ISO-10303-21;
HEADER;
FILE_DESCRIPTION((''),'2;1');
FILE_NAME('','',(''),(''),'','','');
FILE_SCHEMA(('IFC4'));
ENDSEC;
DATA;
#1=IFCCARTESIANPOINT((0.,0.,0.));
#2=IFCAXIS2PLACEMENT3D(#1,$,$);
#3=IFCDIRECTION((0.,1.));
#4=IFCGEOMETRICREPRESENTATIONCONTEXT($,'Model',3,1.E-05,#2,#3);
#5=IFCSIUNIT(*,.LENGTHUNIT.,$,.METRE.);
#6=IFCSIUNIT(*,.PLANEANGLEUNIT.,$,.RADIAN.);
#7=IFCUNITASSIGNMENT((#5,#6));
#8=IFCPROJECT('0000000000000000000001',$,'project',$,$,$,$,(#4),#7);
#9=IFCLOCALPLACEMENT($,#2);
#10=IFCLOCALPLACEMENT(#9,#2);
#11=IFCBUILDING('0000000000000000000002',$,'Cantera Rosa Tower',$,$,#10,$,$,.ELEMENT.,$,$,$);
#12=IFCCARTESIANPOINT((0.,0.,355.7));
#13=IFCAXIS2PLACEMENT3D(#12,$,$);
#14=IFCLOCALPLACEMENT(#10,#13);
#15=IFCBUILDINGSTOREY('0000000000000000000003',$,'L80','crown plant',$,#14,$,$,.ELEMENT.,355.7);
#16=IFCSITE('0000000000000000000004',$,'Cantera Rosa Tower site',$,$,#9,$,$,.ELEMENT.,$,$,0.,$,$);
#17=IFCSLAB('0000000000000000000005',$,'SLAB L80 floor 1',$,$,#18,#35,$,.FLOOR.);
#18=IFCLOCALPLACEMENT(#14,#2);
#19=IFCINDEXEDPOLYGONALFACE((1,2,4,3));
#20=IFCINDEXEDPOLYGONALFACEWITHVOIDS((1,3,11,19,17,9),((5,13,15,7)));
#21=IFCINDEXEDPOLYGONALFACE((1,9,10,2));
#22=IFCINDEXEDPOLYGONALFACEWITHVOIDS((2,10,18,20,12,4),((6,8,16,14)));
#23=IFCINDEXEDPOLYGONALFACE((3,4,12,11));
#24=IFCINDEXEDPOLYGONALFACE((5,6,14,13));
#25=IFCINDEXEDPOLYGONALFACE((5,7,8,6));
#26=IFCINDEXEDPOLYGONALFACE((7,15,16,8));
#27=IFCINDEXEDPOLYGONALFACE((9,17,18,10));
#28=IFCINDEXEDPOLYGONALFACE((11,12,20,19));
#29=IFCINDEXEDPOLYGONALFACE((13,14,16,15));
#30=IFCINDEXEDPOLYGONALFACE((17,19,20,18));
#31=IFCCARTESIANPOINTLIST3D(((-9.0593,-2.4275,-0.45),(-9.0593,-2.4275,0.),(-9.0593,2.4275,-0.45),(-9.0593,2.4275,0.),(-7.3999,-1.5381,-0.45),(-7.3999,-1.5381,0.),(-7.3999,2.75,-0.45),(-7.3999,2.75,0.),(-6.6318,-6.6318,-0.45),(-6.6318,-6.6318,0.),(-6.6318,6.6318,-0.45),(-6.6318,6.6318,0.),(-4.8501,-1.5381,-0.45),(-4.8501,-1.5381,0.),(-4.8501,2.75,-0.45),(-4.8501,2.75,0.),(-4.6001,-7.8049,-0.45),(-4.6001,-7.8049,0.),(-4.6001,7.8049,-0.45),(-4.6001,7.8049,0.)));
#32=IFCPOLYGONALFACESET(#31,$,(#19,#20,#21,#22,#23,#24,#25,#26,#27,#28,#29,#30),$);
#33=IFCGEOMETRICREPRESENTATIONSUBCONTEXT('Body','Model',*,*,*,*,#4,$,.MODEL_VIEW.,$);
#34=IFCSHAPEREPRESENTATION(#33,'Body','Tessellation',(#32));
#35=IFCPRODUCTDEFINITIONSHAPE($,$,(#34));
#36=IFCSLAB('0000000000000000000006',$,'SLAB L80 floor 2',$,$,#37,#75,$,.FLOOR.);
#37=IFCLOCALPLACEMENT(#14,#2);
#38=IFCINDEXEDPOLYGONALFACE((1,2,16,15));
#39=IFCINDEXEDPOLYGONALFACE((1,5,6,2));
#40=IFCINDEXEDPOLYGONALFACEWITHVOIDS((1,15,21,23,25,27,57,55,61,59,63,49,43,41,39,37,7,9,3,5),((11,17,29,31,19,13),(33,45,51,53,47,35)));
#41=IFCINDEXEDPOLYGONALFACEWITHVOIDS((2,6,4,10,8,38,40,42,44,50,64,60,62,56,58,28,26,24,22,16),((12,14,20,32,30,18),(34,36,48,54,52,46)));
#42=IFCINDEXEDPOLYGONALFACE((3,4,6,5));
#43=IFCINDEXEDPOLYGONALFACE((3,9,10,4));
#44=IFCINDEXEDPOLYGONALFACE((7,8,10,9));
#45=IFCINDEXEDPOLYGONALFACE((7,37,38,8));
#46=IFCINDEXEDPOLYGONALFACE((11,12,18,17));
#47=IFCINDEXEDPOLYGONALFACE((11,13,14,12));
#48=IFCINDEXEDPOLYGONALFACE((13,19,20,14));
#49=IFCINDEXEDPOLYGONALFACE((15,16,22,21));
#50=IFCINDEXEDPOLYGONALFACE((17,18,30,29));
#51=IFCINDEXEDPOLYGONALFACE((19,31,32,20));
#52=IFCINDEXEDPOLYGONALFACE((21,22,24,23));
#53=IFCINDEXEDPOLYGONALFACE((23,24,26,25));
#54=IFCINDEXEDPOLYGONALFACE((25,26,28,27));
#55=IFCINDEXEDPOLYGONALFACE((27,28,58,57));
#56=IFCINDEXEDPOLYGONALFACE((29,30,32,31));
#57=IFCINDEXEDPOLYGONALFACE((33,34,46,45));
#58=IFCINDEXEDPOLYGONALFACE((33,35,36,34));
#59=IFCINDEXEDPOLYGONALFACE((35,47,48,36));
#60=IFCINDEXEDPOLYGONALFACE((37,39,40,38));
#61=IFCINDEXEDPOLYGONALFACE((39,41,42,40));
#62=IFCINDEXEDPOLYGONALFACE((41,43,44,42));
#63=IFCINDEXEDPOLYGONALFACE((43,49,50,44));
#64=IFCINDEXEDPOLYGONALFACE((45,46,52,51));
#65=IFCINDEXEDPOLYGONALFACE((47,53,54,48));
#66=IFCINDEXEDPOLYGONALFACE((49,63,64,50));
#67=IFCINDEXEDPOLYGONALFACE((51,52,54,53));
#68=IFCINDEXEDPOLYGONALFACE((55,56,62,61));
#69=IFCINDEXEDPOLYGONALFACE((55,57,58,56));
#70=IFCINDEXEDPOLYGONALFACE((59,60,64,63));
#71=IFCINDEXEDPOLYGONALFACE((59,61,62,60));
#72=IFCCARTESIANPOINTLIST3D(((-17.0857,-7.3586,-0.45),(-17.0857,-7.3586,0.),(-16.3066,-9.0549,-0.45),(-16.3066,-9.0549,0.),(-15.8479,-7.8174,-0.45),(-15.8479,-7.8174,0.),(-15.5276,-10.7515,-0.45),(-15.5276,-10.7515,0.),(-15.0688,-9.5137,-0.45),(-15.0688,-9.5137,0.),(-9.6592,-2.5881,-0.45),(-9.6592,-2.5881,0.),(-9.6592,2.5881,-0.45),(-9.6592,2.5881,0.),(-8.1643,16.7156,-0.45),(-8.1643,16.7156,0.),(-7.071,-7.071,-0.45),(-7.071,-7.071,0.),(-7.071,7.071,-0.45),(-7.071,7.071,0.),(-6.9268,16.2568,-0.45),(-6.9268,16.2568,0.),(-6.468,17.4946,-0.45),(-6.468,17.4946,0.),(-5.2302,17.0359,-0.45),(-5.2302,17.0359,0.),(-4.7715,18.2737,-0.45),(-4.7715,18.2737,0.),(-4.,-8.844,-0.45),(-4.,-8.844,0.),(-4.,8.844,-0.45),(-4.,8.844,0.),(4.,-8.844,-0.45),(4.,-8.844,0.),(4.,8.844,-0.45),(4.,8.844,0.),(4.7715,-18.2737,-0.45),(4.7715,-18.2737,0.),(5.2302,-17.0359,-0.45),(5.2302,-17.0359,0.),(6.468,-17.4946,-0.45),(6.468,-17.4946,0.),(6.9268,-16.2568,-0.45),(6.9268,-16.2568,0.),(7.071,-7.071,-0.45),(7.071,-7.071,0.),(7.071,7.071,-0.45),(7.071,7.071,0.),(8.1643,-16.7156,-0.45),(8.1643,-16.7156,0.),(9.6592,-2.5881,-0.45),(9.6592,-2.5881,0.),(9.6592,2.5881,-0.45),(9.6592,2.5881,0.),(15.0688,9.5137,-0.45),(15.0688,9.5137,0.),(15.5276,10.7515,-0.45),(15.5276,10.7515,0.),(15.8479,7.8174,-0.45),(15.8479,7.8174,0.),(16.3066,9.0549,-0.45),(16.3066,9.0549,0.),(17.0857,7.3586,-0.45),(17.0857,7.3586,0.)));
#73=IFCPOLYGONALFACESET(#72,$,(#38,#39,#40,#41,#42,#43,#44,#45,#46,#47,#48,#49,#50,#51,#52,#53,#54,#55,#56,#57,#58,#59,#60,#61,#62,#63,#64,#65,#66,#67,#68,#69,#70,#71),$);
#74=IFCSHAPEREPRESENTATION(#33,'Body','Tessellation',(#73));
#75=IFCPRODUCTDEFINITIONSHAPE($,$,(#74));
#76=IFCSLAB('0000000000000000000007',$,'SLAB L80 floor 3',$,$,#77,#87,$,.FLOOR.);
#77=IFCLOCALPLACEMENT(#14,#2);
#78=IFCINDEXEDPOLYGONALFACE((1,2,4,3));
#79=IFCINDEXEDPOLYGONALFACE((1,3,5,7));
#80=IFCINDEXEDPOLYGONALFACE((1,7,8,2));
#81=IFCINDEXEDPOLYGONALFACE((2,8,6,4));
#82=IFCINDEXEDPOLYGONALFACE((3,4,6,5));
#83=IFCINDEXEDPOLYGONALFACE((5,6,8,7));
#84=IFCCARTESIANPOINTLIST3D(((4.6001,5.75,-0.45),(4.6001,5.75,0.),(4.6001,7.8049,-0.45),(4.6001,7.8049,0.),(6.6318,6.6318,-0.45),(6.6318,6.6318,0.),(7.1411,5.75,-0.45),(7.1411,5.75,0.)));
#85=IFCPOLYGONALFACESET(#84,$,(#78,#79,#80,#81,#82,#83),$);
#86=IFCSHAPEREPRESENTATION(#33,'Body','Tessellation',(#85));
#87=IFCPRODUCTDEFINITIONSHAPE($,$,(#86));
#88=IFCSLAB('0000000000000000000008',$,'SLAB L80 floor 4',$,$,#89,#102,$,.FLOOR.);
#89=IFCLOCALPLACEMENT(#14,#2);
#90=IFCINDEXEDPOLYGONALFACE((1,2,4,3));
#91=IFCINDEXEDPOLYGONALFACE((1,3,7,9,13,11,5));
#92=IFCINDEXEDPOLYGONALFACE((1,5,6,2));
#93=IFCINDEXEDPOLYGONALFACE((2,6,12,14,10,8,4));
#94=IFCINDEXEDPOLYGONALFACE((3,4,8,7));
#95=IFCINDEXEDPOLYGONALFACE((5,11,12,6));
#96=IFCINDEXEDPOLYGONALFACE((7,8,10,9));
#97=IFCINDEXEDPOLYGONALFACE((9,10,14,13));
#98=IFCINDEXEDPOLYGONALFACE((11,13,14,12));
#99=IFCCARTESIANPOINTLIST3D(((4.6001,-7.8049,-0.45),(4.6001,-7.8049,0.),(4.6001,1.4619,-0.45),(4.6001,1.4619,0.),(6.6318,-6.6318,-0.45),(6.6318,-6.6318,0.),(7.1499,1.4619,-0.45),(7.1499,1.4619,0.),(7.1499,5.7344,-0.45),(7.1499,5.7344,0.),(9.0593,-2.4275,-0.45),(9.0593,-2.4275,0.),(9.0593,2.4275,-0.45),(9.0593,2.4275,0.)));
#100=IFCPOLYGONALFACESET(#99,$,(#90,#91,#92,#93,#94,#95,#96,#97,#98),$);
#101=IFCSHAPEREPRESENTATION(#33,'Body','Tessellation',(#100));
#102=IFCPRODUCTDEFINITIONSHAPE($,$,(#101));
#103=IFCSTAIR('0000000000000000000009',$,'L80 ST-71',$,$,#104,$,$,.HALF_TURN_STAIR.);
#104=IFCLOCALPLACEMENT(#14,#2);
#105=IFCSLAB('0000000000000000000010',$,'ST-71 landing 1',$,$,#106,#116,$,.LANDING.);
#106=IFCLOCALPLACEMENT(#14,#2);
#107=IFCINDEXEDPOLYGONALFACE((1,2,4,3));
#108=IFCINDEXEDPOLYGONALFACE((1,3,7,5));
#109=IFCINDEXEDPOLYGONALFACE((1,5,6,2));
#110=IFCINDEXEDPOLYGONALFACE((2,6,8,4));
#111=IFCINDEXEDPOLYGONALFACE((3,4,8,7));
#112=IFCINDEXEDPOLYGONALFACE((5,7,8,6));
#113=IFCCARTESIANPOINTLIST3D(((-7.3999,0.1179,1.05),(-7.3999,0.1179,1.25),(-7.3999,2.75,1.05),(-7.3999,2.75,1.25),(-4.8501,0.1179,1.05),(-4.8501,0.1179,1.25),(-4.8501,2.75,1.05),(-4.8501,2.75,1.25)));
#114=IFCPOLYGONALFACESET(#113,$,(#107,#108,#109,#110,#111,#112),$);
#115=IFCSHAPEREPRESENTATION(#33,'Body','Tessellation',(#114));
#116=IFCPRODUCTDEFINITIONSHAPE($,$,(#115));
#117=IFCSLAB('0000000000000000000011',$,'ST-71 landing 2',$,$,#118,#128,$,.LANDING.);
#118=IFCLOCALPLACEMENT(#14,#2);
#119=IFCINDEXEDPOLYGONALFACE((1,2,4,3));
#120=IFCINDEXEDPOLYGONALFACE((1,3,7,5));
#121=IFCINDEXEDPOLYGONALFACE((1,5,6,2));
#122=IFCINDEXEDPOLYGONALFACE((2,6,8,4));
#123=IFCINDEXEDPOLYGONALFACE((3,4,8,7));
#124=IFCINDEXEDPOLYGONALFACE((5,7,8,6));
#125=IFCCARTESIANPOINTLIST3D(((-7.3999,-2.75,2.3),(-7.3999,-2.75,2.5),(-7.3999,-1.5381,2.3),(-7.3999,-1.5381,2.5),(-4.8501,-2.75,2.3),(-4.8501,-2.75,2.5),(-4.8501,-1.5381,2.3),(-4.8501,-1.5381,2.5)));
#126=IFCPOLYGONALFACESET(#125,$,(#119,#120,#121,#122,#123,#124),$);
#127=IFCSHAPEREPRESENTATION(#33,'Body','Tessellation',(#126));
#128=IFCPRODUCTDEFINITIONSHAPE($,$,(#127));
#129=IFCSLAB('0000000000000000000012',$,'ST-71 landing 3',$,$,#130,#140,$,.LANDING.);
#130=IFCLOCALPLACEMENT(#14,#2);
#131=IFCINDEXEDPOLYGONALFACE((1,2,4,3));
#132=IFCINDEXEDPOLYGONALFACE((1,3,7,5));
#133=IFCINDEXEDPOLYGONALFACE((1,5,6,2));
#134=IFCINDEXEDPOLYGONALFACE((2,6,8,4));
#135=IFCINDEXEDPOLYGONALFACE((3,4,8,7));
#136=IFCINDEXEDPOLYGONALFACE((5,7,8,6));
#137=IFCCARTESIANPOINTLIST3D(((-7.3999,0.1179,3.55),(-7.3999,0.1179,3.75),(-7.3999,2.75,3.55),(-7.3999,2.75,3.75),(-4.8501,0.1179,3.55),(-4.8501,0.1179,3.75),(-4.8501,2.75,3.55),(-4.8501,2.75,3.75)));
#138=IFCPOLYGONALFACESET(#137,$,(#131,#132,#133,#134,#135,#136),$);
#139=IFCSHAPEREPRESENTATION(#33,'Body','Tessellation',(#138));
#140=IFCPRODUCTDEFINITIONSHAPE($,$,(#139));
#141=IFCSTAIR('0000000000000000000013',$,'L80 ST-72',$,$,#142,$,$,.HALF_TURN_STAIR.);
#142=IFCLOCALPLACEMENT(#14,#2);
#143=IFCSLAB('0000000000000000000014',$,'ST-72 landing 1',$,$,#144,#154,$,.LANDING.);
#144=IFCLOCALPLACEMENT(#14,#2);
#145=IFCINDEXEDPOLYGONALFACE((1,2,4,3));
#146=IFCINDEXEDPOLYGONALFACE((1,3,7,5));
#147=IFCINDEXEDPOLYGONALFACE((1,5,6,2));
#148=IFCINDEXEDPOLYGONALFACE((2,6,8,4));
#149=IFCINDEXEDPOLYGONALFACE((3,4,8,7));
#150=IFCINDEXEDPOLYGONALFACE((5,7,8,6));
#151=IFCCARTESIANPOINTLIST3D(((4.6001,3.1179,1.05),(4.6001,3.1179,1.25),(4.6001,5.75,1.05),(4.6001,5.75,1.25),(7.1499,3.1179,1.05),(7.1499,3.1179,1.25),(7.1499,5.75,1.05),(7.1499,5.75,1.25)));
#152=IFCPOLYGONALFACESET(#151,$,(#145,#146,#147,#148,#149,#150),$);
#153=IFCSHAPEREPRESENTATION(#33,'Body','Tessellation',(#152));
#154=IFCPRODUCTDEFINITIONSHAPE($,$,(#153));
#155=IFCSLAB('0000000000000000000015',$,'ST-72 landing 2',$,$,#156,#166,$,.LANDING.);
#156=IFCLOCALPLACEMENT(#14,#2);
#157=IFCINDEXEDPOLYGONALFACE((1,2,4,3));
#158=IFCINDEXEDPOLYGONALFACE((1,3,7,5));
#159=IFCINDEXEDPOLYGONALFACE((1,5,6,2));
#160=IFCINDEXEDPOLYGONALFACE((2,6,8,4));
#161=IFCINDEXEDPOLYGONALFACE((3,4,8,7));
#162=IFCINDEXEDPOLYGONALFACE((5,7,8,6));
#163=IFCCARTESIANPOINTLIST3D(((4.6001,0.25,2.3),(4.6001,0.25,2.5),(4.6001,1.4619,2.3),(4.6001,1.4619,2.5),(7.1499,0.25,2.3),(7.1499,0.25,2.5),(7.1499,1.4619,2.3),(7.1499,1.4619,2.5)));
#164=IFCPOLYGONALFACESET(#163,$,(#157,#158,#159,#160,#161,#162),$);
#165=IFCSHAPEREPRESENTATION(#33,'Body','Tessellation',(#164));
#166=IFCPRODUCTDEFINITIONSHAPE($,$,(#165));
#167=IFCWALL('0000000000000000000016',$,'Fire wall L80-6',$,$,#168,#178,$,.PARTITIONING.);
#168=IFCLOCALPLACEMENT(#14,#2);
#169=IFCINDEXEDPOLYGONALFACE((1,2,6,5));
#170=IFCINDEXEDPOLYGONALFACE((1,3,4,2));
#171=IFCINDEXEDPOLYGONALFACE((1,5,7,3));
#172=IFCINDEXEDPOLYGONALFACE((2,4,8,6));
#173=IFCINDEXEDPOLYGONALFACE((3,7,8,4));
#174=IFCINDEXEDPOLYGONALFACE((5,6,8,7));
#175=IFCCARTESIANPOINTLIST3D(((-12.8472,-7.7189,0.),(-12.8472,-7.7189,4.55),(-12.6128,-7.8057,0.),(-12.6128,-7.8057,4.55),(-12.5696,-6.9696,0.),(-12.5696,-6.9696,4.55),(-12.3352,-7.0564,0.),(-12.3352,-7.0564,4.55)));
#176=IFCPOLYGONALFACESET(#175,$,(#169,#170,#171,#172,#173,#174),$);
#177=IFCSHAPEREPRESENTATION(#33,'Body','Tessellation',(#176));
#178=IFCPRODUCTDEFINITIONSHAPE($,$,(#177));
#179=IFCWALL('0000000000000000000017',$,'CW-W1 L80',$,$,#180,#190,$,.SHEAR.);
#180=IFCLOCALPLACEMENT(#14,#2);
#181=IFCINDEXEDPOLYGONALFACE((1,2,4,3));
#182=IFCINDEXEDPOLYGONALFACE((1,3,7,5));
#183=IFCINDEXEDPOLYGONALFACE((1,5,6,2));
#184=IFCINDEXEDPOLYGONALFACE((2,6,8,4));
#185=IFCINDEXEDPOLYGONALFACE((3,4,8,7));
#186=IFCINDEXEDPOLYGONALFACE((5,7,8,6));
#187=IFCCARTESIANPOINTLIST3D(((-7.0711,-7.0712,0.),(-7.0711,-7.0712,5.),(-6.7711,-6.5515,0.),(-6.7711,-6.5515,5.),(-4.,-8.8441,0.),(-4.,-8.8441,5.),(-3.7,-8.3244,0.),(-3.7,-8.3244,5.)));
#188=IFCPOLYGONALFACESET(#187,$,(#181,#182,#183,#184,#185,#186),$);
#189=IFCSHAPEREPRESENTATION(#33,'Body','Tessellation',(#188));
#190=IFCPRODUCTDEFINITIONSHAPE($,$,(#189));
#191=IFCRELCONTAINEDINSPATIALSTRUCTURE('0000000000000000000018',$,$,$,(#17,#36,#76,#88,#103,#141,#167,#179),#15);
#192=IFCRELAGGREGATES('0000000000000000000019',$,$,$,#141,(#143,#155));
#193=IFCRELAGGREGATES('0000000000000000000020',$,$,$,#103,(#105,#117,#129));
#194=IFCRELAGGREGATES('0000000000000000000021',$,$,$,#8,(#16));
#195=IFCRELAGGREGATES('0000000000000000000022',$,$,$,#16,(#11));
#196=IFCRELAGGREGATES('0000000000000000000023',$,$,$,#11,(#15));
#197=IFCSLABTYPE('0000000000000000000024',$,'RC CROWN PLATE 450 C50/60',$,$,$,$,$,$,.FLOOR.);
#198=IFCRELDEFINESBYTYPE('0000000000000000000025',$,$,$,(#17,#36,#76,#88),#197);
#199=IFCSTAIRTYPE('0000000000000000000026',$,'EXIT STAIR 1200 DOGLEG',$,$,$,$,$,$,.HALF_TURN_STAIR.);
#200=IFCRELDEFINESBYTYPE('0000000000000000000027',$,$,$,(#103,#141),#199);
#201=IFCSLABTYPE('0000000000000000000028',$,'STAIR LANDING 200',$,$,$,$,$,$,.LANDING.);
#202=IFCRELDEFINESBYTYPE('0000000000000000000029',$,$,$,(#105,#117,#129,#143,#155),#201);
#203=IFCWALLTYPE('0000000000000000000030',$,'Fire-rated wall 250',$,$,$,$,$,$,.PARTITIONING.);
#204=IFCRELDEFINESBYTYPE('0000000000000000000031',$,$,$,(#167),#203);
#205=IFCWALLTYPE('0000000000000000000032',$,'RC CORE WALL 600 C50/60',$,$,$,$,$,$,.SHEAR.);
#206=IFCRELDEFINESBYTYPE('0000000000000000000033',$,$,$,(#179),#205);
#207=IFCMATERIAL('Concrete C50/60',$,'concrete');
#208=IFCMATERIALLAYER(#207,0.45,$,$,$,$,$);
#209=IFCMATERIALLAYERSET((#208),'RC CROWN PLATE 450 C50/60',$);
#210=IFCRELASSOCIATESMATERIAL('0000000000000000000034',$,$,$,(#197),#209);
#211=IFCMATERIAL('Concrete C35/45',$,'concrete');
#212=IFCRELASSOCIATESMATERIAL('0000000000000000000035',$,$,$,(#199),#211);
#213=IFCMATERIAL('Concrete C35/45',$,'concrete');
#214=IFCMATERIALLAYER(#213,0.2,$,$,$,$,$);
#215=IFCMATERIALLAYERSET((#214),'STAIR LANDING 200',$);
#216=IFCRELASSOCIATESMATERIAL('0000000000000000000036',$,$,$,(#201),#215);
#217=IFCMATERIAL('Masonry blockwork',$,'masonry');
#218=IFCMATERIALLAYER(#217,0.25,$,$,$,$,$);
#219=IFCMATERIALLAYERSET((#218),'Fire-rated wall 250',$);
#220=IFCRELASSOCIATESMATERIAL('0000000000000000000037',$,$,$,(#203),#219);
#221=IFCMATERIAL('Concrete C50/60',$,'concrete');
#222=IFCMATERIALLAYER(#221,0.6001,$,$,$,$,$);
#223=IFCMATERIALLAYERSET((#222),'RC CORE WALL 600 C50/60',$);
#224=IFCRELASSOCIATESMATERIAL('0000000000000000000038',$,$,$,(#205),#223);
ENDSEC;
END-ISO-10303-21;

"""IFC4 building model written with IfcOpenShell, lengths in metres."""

from ifc_helpers import new_model, si_unit, direction, frame, frame_2d, origin, place, context, subcontext, project, spatial, polyline, rectangle, outline, extrude, material, layer, layer_set, type_object, element, aggregate, save


model = new_model("IFC4")

# Units and contexts
model_context = context("Model", 3, precision=1e-05, world=origin(), true_north=direction((0.0, 1.0)))
body_context = subcontext(model_context, "Body", "Model", "MODEL_VIEW")
ifc_project = project(units=[si_unit("LENGTHUNIT", "METRE"), si_unit("PLANEANGLEUNIT", "RADIAN")], contexts=[model_context])

# Site, building, storey
site_placement = place(None, origin())
site = spatial("IfcSite", under=ifc_project, at=site_placement, Name="Cantera Rosa Tower site", CompositionType="ELEMENT", RefElevation=0.0)
building_placement = place(site_placement, origin())
building = spatial("IfcBuilding", under=site, at=building_placement, Name="Cantera Rosa Tower", CompositionType="ELEMENT")
storey_placement = place(building_placement, frame((0.0, 0.0, 355.7)))
storey = spatial("IfcBuildingStorey", under=building, at=storey_placement, Name="L80", Description="crown plant", CompositionType="ELEMENT", Elevation=355.7)

# Slabs
ifc_material_1 = material(Name="Concrete C50/60", Category="concrete")
ifc_layer_1 = layer(ifc_material_1, 0.45)
ifc_layer_set_1 = layer_set([ifc_layer_1], Name="RC CROWN PLATE 450 C50/60")
slab_type_1 = type_object("IfcSlabType", Name="RC CROWN PLATE 450 C50/60", PredefinedType="FLOOR", material=ifc_layer_set_1)
slab_1_placement = place(storey_placement, frame((0.0, 0.0, -0.45)))
element("IfcSlab", 1, at=slab_1_placement, inside=storey, type_object=slab_type_1, Name="SLAB L80 floor 1", PredefinedType="FLOOR", context=body_context, shape_type="SweptSolid", body=[
    extrude(outline(polyline([(-4.6001, -7.8049), (-6.6318, -6.6318), (-9.0593, -2.4275), (-9.0593, 2.4275), (-6.6318, 6.6318), (-4.6001, 7.8049), (-4.6001, -7.8049)]), holes=[polyline([(-7.3999, 2.75), (-7.3999, -1.5381), (-4.8501, -1.5381), (-4.8501, 2.75), (-7.3999, 2.75)])]), origin(), (0.0, 0.0, 1.0), 0.45),
])
slab_2_placement = place(storey_placement, frame((0.0, 0.0, -0.45)))
element("IfcSlab", 2, at=slab_2_placement, inside=storey, type_object=slab_type_1, Name="SLAB L80 floor 2", PredefinedType="FLOOR", context=body_context, shape_type="SweptSolid", body=[
    extrude(outline(polyline([(16.3066, 9.0549), (15.8479, 7.8174), (17.0857, 7.3586), (8.1643, -16.7156), (6.9268, -16.2568), (6.468, -17.4946), (5.2302, -17.0359), (4.7715, -18.2737), (-15.5276, -10.7515), (-15.0688, -9.5137), (-16.3066, -9.0549), (-15.8479, -7.8174), (-17.0857, -7.3586), (-8.1643, 16.7156), (-6.9268, 16.2568), (-6.468, 17.4946), (-5.2302, 17.0359), (-4.7715, 18.2737), (15.5276, 10.7515), (15.0688, 9.5137), (16.3066, 9.0549)]), holes=[polyline([(-9.6592, -2.5881), (-7.071, -7.071), (-4.0, -8.844), (-4.0, 8.844), (-7.071, 7.071), (-9.6592, 2.5881), (-9.6592, -2.5881)]), polyline([(9.6592, 2.5881), (7.071, 7.071), (4.0, 8.844), (4.0, -8.844), (7.071, -7.071), (9.6592, -2.5881), (9.6592, 2.5881)])]), origin(), (0.0, 0.0, 1.0), 0.45),
])
slab_3_placement = place(storey_placement, frame((0.0, 0.0, -0.45)))
element("IfcSlab", 3, at=slab_3_placement, inside=storey, type_object=slab_type_1, Name="SLAB L80 floor 3", PredefinedType="FLOOR", context=body_context, shape_type="SweptSolid", body=[
    extrude(outline(polyline([(4.6001, 5.75), (4.6001, 7.8049), (6.6318, 6.6318), (7.1411, 5.75), (4.6001, 5.75)])), origin(), (0.0, 0.0, 1.0), 0.45),
])
slab_4_placement = place(storey_placement, frame((0.0, 0.0, -0.45)))
element("IfcSlab", 4, at=slab_4_placement, inside=storey, type_object=slab_type_1, Name="SLAB L80 floor 4", PredefinedType="FLOOR", context=body_context, shape_type="SweptSolid", body=[
    extrude(outline(polyline([(4.6001, 1.4619), (7.1499, 1.4619), (7.1499, 5.7344), (9.0593, 2.4275), (9.0593, -2.4275), (6.6318, -6.6318), (4.6001, -7.8049), (4.6001, 1.4619)])), origin(), (0.0, 0.0, 1.0), 0.45),
])

# Stairs, slabs
ifc_material_2 = material(Name="Concrete C35/45", Category="concrete")
stair_type = type_object("IfcStairType", Name="EXIT STAIR 1200 DOGLEG", PredefinedType="HALF_TURN_STAIR", material=ifc_material_2)
stair_1_placement = place(storey_placement, origin())
stair_1 = element("IfcStair", 5, at=stair_1_placement, inside=storey, type_object=stair_type, Name="L80 ST-71", PredefinedType="HALF_TURN_STAIR")
ifc_material_3 = material(Name="Concrete C35/45", Category="concrete")
ifc_layer_2 = layer(ifc_material_3, 0.2)
ifc_layer_set_2 = layer_set([ifc_layer_2], Name="STAIR LANDING 200")
slab_type_2 = type_object("IfcSlabType", Name="STAIR LANDING 200", PredefinedType="LANDING", material=ifc_layer_set_2)
slab_5_placement = place(storey_placement, frame((0.0, 0.0, 1.05)))
slab_5 = element("IfcSlab", 6, at=slab_5_placement, type_object=slab_type_2, Name="ST-71 landing 1", PredefinedType="LANDING", context=body_context, shape_type="SweptSolid", body=[
    extrude(outline(polyline([(-4.8501, 0.1179), (-4.8501, 2.75), (-7.3999, 2.75), (-7.3999, 0.1179), (-4.8501, 0.1179)])), origin(), (0.0, 0.0, 1.0), 0.2),
])
slab_6_placement = place(storey_placement, frame((0.0, 0.0, 2.3)))
slab_6 = element("IfcSlab", 7, at=slab_6_placement, type_object=slab_type_2, Name="ST-71 landing 2", PredefinedType="LANDING", context=body_context, shape_type="SweptSolid", body=[
    extrude(outline(polyline([(-4.8501, -2.75), (-4.8501, -1.5381), (-7.3999, -1.5381), (-7.3999, -2.75), (-4.8501, -2.75)])), origin(), (0.0, 0.0, 1.0), 0.2),
])
slab_7_placement = place(storey_placement, frame((0.0, 0.0, 3.55)))
slab_7 = element("IfcSlab", 8, at=slab_7_placement, type_object=slab_type_2, Name="ST-71 landing 3", PredefinedType="LANDING", context=body_context, shape_type="SweptSolid", body=[
    extrude(outline(polyline([(-4.8501, 0.1179), (-4.8501, 2.75), (-7.3999, 2.75), (-7.3999, 0.1179), (-4.8501, 0.1179)])), origin(), (0.0, 0.0, 1.0), 0.2),
])
stair_2_placement = place(storey_placement, origin())
stair_2 = element("IfcStair", 9, at=stair_2_placement, inside=storey, type_object=stair_type, Name="L80 ST-72", PredefinedType="HALF_TURN_STAIR")
slab_8_placement = place(storey_placement, frame((0.0, 0.0, 1.05)))
slab_8 = element("IfcSlab", 10, at=slab_8_placement, type_object=slab_type_2, Name="ST-72 landing 1", PredefinedType="LANDING", context=body_context, shape_type="SweptSolid", body=[
    extrude(outline(polyline([(7.1499, 3.1179), (7.1499, 5.75), (4.6001, 5.75), (4.6001, 3.1179), (7.1499, 3.1179)])), origin(), (0.0, 0.0, 1.0), 0.2),
])
slab_9_placement = place(storey_placement, frame((0.0, 0.0, 2.3)))
slab_9 = element("IfcSlab", 11, at=slab_9_placement, type_object=slab_type_2, Name="ST-72 landing 2", PredefinedType="LANDING", context=body_context, shape_type="SweptSolid", body=[
    extrude(outline(polyline([(7.1499, 0.25), (7.1499, 1.4619), (4.6001, 1.4619), (4.6001, 0.25), (7.1499, 0.25)])), origin(), (0.0, 0.0, 1.0), 0.2),
])
aggregate(stair_2, [slab_8, slab_9])

# Walls
ifc_material_4 = material(Name="Masonry blockwork", Category="masonry")
ifc_layer_3 = layer(ifc_material_4, 0.25)
ifc_layer_set_3 = layer_set([ifc_layer_3], Name="Fire-rated wall 250")
wall_type_1 = type_object("IfcWallType", Name="Fire-rated wall 250", PredefinedType="PARTITIONING", material=ifc_layer_set_3)
wall_1_placement = place(storey_placement, frame((-12.73, -7.7622, 0.0), z_axis=(0.0, 0.0, 1.0), x_axis=(0.347404, 0.937716, 0.0)))
element("IfcWall", 12, at=wall_1_placement, inside=storey, type_object=wall_type_1, Name="Fire wall L80-6", PredefinedType="PARTITIONING", context=body_context, shape_type="SweptSolid", body=[
    extrude(rectangle(XDim=0.7991, YDim=0.25, at=frame_2d((0.3994, 0.0))), origin(), (0.0, 0.0, 1.0), 4.55),
])
ifc_material_5 = material(Name="Concrete C50/60", Category="concrete")
ifc_layer_4 = layer(ifc_material_5, 0.6001)
ifc_layer_set_4 = layer_set([ifc_layer_4], Name="RC CORE WALL 600 C50/60")
wall_type_2 = type_object("IfcWallType", Name="RC CORE WALL 600 C50/60", PredefinedType="SHEAR", material=ifc_layer_set_4)
wall_2_placement = place(storey_placement, frame((-3.8501, -8.5842, 0.0), z_axis=(0.0, 0.0, 1.0), x_axis=(-0.86604, 0.499975, 0.0)))
element("IfcWall", 13, at=wall_2_placement, inside=storey, type_object=wall_type_2, Name="CW-W1 L80", PredefinedType="SHEAR", context=body_context, shape_type="SweptSolid", body=[
    extrude(rectangle(XDim=3.5461, YDim=0.6001, at=frame_2d((1.7729, 0.0))), origin(), (0.0, 0.0, 1.0), 5.0),
])

aggregate(stair_1, [slab_5, slab_6, slab_7])

save(model, "model.ifc")
